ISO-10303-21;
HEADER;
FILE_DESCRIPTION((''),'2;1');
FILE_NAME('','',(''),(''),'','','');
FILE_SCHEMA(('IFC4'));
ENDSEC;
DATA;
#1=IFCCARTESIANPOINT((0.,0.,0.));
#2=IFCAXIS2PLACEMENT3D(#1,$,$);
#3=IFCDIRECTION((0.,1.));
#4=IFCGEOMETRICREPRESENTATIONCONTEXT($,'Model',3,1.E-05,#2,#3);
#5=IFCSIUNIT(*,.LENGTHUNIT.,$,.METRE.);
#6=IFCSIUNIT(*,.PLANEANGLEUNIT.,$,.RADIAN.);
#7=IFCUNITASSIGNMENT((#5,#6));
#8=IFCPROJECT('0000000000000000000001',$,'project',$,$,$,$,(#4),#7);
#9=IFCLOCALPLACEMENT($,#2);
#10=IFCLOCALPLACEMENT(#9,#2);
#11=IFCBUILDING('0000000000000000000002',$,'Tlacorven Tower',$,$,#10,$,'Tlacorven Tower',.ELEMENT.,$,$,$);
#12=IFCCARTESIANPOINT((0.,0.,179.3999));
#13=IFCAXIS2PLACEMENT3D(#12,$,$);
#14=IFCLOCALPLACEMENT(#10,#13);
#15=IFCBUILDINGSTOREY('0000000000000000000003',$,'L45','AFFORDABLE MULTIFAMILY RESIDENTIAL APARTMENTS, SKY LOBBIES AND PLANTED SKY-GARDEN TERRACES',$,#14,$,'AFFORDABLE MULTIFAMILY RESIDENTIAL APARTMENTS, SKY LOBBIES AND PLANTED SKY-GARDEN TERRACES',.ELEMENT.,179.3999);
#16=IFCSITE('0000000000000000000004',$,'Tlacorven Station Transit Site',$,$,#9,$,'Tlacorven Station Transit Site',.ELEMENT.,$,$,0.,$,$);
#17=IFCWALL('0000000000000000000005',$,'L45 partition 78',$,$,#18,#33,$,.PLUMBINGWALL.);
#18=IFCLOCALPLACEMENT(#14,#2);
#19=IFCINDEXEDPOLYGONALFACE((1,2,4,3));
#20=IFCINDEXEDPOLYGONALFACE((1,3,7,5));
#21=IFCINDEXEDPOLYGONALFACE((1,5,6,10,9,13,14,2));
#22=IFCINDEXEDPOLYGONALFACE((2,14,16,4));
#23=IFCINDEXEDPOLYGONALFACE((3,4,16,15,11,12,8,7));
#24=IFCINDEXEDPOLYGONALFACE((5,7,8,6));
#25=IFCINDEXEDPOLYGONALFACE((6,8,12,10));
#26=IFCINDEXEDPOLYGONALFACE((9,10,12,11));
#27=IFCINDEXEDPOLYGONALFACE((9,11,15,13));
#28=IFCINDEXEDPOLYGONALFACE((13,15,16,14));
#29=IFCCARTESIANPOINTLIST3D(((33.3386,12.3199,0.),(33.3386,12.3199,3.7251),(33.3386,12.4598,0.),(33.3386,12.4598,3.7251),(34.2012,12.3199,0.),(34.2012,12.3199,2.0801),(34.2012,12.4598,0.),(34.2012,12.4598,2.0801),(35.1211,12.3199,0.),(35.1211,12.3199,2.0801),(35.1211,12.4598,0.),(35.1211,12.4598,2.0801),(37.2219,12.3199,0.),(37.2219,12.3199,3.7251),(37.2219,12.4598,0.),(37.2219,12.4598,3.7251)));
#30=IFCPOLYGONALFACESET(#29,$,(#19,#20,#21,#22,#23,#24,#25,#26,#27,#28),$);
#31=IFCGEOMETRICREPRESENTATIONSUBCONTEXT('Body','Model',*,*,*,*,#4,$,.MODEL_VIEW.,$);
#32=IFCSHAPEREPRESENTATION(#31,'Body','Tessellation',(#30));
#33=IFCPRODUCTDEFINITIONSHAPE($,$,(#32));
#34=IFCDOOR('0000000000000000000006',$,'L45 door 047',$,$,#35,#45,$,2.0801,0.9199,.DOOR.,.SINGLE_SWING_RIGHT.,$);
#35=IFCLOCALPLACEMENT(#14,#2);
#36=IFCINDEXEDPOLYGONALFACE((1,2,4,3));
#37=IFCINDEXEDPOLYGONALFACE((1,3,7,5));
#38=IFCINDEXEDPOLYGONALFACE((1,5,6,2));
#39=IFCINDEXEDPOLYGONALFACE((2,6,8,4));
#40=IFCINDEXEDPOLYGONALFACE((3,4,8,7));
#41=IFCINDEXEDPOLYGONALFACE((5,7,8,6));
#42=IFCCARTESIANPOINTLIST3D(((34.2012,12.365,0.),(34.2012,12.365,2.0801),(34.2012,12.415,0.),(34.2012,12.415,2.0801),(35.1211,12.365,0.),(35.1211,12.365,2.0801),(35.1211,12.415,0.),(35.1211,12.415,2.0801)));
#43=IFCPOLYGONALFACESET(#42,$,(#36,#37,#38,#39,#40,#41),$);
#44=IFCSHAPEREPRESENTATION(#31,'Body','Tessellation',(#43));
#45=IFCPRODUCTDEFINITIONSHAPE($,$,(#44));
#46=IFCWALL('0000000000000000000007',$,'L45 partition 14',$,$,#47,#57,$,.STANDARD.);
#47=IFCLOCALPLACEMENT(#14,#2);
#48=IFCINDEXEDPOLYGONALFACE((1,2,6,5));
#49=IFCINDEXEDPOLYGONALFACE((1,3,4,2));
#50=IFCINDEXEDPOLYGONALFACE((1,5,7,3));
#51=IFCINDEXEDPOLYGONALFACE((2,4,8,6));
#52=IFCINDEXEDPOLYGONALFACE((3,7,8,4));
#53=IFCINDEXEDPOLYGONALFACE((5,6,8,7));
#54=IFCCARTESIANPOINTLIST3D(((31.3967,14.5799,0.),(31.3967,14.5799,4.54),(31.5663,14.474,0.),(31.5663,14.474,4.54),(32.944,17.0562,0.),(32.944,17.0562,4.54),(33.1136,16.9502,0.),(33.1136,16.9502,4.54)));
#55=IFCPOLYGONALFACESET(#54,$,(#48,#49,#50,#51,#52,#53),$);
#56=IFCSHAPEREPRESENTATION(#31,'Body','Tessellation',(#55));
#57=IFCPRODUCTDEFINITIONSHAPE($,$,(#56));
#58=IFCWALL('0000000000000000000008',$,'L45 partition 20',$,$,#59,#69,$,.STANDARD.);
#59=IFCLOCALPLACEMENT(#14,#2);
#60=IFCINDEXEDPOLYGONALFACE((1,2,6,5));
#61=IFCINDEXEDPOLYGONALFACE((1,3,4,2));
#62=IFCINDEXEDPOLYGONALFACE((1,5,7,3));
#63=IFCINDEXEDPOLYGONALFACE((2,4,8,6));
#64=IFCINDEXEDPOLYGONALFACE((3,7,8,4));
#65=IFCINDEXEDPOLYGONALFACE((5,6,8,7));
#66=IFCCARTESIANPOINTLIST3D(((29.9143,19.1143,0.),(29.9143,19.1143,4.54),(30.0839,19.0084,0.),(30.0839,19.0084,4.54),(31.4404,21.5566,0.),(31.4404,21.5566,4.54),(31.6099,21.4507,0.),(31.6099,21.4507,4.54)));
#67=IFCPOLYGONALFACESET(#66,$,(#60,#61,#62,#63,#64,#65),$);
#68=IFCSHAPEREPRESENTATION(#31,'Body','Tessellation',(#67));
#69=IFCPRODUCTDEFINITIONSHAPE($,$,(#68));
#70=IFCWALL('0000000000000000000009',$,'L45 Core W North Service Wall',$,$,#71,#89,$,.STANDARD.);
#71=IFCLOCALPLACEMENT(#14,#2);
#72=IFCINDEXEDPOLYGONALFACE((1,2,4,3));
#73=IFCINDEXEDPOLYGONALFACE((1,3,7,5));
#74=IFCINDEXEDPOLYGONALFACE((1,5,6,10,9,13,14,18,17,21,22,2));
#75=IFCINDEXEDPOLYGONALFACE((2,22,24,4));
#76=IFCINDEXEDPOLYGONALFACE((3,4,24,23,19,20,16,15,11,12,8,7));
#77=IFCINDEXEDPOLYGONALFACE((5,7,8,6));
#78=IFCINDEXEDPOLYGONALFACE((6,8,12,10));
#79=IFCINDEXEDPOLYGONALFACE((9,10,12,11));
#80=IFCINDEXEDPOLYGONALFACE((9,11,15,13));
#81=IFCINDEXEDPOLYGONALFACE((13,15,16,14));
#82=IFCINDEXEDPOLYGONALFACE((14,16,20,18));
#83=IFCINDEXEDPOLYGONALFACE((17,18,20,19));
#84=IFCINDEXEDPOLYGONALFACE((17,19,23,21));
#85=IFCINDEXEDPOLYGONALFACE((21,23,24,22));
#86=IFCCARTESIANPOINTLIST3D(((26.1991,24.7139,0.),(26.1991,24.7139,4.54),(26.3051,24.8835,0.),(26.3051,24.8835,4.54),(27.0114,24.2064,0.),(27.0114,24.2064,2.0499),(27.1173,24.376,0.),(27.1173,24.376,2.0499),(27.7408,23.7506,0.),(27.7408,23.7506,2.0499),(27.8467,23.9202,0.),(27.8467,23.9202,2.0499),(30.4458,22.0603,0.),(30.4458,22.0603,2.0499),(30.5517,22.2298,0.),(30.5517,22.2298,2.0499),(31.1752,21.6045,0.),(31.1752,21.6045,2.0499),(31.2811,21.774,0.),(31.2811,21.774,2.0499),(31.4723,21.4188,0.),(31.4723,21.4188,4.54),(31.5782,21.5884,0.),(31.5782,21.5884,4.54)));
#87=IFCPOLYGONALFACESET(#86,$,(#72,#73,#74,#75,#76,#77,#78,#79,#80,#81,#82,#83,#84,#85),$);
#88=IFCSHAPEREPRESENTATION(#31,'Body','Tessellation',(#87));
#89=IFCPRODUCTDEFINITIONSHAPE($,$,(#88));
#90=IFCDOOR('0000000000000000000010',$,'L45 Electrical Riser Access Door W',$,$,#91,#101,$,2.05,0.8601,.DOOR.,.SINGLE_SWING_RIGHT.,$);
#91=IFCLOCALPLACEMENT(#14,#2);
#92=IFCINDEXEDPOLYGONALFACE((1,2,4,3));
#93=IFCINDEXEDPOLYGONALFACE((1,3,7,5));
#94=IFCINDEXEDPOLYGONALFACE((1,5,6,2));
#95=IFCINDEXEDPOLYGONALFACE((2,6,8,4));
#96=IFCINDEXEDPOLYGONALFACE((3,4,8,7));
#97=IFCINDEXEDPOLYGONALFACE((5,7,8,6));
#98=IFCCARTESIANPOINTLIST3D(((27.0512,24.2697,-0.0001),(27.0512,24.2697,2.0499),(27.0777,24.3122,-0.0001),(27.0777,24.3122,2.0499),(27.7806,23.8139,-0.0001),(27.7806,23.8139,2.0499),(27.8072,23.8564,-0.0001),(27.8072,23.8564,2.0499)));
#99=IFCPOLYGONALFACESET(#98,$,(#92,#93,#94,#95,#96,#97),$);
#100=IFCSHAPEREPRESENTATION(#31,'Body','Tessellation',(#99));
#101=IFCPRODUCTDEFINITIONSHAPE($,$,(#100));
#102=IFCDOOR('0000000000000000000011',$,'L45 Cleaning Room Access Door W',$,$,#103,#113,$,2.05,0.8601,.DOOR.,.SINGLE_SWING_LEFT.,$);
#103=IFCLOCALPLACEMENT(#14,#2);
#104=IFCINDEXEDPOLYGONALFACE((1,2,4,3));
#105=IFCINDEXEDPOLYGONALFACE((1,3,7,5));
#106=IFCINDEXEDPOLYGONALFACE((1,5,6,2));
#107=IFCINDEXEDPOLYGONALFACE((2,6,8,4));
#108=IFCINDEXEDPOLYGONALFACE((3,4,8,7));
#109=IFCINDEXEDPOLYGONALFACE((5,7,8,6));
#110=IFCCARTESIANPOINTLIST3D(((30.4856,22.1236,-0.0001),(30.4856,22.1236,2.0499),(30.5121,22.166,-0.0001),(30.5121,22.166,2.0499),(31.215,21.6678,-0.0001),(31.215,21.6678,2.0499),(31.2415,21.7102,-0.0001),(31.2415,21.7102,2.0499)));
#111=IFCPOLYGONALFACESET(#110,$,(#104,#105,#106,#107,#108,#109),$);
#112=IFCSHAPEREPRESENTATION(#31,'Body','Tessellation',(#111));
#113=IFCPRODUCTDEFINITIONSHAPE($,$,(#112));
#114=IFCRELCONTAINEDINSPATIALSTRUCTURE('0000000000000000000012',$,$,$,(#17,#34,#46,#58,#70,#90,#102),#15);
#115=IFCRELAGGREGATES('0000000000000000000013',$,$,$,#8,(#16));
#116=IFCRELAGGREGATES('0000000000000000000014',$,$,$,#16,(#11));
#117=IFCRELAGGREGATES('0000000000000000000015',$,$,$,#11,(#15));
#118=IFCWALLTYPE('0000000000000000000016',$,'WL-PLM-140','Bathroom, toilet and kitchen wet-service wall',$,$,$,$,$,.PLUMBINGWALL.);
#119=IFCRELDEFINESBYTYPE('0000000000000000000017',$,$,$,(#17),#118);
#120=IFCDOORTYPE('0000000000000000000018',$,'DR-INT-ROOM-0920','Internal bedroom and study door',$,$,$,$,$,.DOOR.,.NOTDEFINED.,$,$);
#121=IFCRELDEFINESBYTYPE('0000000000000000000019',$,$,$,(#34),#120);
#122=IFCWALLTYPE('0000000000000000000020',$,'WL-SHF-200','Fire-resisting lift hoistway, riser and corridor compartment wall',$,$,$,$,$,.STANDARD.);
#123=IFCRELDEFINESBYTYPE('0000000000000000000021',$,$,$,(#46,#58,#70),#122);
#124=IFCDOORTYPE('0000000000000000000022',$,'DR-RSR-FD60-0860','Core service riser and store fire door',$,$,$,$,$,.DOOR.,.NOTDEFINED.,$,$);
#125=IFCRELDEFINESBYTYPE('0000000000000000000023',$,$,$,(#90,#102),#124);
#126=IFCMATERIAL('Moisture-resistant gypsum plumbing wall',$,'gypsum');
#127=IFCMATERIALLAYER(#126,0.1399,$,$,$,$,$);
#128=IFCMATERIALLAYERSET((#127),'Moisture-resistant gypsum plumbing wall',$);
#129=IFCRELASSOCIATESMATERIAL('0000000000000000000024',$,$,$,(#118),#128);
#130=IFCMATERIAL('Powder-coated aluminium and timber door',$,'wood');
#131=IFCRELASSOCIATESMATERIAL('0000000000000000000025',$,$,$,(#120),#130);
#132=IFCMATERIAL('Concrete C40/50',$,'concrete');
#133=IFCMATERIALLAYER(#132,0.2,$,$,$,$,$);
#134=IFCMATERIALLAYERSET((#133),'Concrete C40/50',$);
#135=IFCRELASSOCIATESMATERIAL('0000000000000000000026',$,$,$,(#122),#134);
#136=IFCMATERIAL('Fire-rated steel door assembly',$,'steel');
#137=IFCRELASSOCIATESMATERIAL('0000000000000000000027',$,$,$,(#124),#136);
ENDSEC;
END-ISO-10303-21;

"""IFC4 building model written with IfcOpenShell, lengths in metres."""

from ifc_helpers import new_model, si_unit, direction, frame, frame_2d, origin, place, context, subcontext, project, spatial, rectangle, extrude, source, transform, mapped, material, layer, layer_set, type_object, element, fill, save


model = new_model("IFC4")

# Units and contexts
model_context = context("Model", 3, precision=1e-05, world=origin(), true_north=direction((0.0, 1.0)))
body_context = subcontext(model_context, "Body", "Model", "MODEL_VIEW")
ifc_project = project(units=[si_unit("LENGTHUNIT", "METRE"), si_unit("PLANEANGLEUNIT", "RADIAN")], contexts=[model_context])

# Site, building, storey
site_placement = place(None, origin())
site = spatial("IfcSite", under=ifc_project, at=site_placement, Name="Tlacorven Station Transit Site", LongName="Tlacorven Station Transit Site", CompositionType="ELEMENT", RefElevation=0.0)
building_placement = place(site_placement, origin())
building = spatial("IfcBuilding", under=site, at=building_placement, Name="Tlacorven Tower", LongName="Tlacorven Tower", CompositionType="ELEMENT")
storey_placement = place(building_placement, frame((0.0, 0.0, 179.3999)))
storey = spatial("IfcBuildingStorey", under=building, at=storey_placement, Name="L45", Description="AFFORDABLE MULTIFAMILY RESIDENTIAL APARTMENTS, SKY LOBBIES AND PLANTED SKY-GARDEN TERRACES", LongName="AFFORDABLE MULTIFAMILY RESIDENTIAL APARTMENTS, SKY LOBBIES AND PLANTED SKY-GARDEN TERRACES", CompositionType="ELEMENT", Elevation=179.3999)

# Shared definitions
ifc_material_1 = material(Name="Powder-coated aluminium and timber door", Category="wood")

# Shared definitions
ifc_material_2 = material(Name="Moisture-resistant gypsum plumbing wall", Category="gypsum")
ifc_layer_1 = layer(ifc_material_2, 0.1399)
ifc_layer_set_1 = layer_set([ifc_layer_1], Name="Moisture-resistant gypsum plumbing wall")
wall_type_1 = type_object("IfcWallType", Name="WL-PLM-140", Description="Bathroom, toilet and kitchen wet-service wall", PredefinedType="PLUMBINGWALL", material=ifc_layer_set_1)

# Wall, opening, door
wall_1_placement = place(storey_placement, frame((33.3386, 12.3899, 0.0), z_axis=(0.0, 0.0, 1.0), x_axis=(1.0, 0.0, 0.0)))
wall_1 = element("IfcWall", 1, at=wall_1_placement, inside=storey, type_object=wall_type_1, Name="L45 partition 78", PredefinedType="PLUMBINGWALL", context=body_context, shape_type="SweptSolid", body=[
    extrude(rectangle(XDim=3.8833, YDim=0.1399, at=frame_2d((1.9417, 0.0))), origin(), (0.0, 0.0, 1.0), 3.7251),
])
opening_1_placement = place(wall_1_placement, frame((0.8625, 0.0, 0.0)))
opening_1 = element("IfcOpeningElement", 2, at=opening_1_placement, cuts=wall_1, PredefinedType="OPENING", context=body_context, shape_type="SweptSolid", body=[
    extrude(rectangle(XDim=0.9199, YDim=2.0801, at=frame_2d((0.46, 1.04))), frame((0.0, 0.0801, 0.0), z_axis=(0.0, -1.0, 0.0), x_axis=(1.0, 0.0, 0.0)), (0.0, 0.0, 1.0), 0.1599),
])
door_type_1 = type_object("IfcDoorType", Name="DR-INT-ROOM-0920", Description="Internal bedroom and study door", OperationType="NOTDEFINED", PredefinedType="DOOR", material=ifc_material_1)
shared_shape_1 = source(origin(), body_context, "Body", "SweptSolid", [
    extrude(rectangle(XDim=0.9199, YDim=2.0801, at=frame_2d((0.46, 1.04))), frame((0.0, 0.0249, 0.0), z_axis=(0.0, -1.0, 0.0), x_axis=(1.0, 0.0, 0.0)), (0.0, 0.0, 1.0), 0.05),
])
door_1_placement = place(opening_1_placement, frame((0.9199, 0.0, 0.0), z_axis=(0.0, 0.0, 1.0), x_axis=(-1.0, 0.0, 0.0)))
door_1 = element("IfcDoor", 3, at=door_1_placement, inside=storey, type_object=door_type_1, Name="L45 door 047", OperationType="SINGLE_SWING_RIGHT", OverallHeight=2.0801, OverallWidth=0.9199, PredefinedType="DOOR", context=body_context, shape_type="MappedRepresentation", body=[
    mapped(shared_shape_1, transform((0.0, 0.0, 0.0), scale=1.0)),
])
fill(opening_1, door_1)

# Walls
ifc_material_3 = material(Name="Concrete C40/50", Category="concrete")
ifc_layer_2 = layer(ifc_material_3, 0.2)
ifc_layer_set_2 = layer_set([ifc_layer_2], Name="Concrete C40/50")
wall_type_2 = type_object("IfcWallType", Name="WL-SHF-200", Description="Fire-resisting lift hoistway, riser and corridor compartment wall", PredefinedType="STANDARD", material=ifc_layer_set_2)
wall_2_placement = place(storey_placement, frame((33.0288, 17.0032, 0.0), z_axis=(0.0, 0.0, 1.0), x_axis=(-0.529916, -0.84805, 0.0)))
element("IfcWall", 4, at=wall_2_placement, inside=storey, type_object=wall_type_2, Name="L45 partition 14", PredefinedType="STANDARD", context=body_context, shape_type="SweptSolid", body=[
    extrude(rectangle(XDim=2.9199, YDim=0.2, at=frame_2d((1.46, 0.0))), origin(), (0.0, 0.0, 1.0), 4.54),
])
wall_3_placement = place(storey_placement, frame((31.5251, 21.5037, 0.0), z_axis=(0.0, 0.0, 1.0), x_axis=(-0.529907, -0.848055, 0.0)))
element("IfcWall", 5, at=wall_3_placement, inside=storey, type_object=wall_type_2, Name="L45 partition 20", PredefinedType="STANDARD", context=body_context, shape_type="SweptSolid", body=[
    extrude(rectangle(XDim=2.8799, YDim=0.2, at=frame_2d((1.4399, 0.0))), origin(), (0.0, 0.0, 1.0), 4.54),
])

# Wall, openings, doors
wall_4_placement = place(storey_placement, frame((31.5251, 21.5037, 0.0), z_axis=(0.0, 0.0, 1.0), x_axis=(-0.84804, 0.529932, 0.0)))
wall_4 = element("IfcWall", 6, at=wall_4_placement, inside=storey, type_object=wall_type_2, Name="L45 Core W North Service Wall", PredefinedType="STANDARD", context=body_context, shape_type="SweptSolid", body=[
    extrude(rectangle(XDim=6.218, YDim=0.2, at=frame_2d((3.1089, 0.0))), origin(), (0.0, 0.0, 1.0), 4.54),
])
opening_2_placement = place(wall_4_placement, frame((4.3999, 0.0, 0.0)))
opening_2 = element("IfcOpeningElement", 7, at=opening_2_placement, cuts=wall_4, PredefinedType="OPENING", context=body_context, shape_type="SweptSolid", body=[
    extrude(rectangle(XDim=0.8601, YDim=2.05, at=frame_2d((0.4302, 1.0249))), frame((0.0, 0.1099, 0.0), z_axis=(0.0, -1.0, 0.0), x_axis=(1.0, 0.0, 0.0)), (0.0, 0.0, 1.0), 0.22),
])
opening_3_placement = place(wall_4_placement, frame((0.3501, 0.0, 0.0)))
opening_3 = element("IfcOpeningElement", 8, at=opening_3_placement, cuts=wall_4, PredefinedType="OPENING", context=body_context, shape_type="SweptSolid", body=[
    extrude(rectangle(XDim=0.8601, YDim=2.05, at=frame_2d((0.4302, 1.0249))), frame((0.0, 0.1099, 0.0), z_axis=(0.0, -1.0, 0.0), x_axis=(1.0, 0.0, 0.0)), (0.0, 0.0, 1.0), 0.22),
])
ifc_material_4 = material(Name="Fire-rated steel door assembly", Category="steel")
door_type_2 = type_object("IfcDoorType", Name="DR-RSR-FD60-0860", Description="Core service riser and store fire door", OperationType="NOTDEFINED", PredefinedType="DOOR", material=ifc_material_4)
shared_shape_2 = source(origin(), body_context, "Body", "SweptSolid", [
    extrude(rectangle(XDim=0.8601, YDim=2.05, at=frame_2d((0.4302, 1.0249))), frame((0.0, 0.0249, 0.0), z_axis=(0.0, -1.0, 0.0), x_axis=(1.0, 0.0, 0.0)), (0.0, 0.0, 1.0), 0.05),
])
door_2_placement = place(opening_2_placement, frame((0.8601, 0.0, 0.0), z_axis=(0.0, 0.0, 1.0), x_axis=(-1.0, 0.0, 0.0)))
door_2 = element("IfcDoor", 9, at=door_2_placement, inside=storey, type_object=door_type_2, Name="L45 Electrical Riser Access Door W", OperationType="SINGLE_SWING_RIGHT", OverallHeight=2.05, OverallWidth=0.8601, PredefinedType="DOOR", context=body_context, shape_type="MappedRepresentation", body=[
    mapped(shared_shape_2, transform((0.0, 0.0, 0.0), scale=1.0)),
])
fill(opening_2, door_2)
door_3_placement = place(opening_3_placement, frame((0.8601, 0.0, 0.0), z_axis=(0.0, 0.0, 1.0), x_axis=(-1.0, 0.0, 0.0)))
door_3 = element("IfcDoor", 10, at=door_3_placement, inside=storey, type_object=door_type_2, Name="L45 Cleaning Room Access Door W", OperationType="SINGLE_SWING_LEFT", OverallHeight=2.05, OverallWidth=0.8601, PredefinedType="DOOR", context=body_context, shape_type="MappedRepresentation", body=[
    mapped(shared_shape_2, transform((0.0, 0.0, 0.0), scale=1.0)),
])
fill(opening_3, door_3)

save(model, "model.ifc")
